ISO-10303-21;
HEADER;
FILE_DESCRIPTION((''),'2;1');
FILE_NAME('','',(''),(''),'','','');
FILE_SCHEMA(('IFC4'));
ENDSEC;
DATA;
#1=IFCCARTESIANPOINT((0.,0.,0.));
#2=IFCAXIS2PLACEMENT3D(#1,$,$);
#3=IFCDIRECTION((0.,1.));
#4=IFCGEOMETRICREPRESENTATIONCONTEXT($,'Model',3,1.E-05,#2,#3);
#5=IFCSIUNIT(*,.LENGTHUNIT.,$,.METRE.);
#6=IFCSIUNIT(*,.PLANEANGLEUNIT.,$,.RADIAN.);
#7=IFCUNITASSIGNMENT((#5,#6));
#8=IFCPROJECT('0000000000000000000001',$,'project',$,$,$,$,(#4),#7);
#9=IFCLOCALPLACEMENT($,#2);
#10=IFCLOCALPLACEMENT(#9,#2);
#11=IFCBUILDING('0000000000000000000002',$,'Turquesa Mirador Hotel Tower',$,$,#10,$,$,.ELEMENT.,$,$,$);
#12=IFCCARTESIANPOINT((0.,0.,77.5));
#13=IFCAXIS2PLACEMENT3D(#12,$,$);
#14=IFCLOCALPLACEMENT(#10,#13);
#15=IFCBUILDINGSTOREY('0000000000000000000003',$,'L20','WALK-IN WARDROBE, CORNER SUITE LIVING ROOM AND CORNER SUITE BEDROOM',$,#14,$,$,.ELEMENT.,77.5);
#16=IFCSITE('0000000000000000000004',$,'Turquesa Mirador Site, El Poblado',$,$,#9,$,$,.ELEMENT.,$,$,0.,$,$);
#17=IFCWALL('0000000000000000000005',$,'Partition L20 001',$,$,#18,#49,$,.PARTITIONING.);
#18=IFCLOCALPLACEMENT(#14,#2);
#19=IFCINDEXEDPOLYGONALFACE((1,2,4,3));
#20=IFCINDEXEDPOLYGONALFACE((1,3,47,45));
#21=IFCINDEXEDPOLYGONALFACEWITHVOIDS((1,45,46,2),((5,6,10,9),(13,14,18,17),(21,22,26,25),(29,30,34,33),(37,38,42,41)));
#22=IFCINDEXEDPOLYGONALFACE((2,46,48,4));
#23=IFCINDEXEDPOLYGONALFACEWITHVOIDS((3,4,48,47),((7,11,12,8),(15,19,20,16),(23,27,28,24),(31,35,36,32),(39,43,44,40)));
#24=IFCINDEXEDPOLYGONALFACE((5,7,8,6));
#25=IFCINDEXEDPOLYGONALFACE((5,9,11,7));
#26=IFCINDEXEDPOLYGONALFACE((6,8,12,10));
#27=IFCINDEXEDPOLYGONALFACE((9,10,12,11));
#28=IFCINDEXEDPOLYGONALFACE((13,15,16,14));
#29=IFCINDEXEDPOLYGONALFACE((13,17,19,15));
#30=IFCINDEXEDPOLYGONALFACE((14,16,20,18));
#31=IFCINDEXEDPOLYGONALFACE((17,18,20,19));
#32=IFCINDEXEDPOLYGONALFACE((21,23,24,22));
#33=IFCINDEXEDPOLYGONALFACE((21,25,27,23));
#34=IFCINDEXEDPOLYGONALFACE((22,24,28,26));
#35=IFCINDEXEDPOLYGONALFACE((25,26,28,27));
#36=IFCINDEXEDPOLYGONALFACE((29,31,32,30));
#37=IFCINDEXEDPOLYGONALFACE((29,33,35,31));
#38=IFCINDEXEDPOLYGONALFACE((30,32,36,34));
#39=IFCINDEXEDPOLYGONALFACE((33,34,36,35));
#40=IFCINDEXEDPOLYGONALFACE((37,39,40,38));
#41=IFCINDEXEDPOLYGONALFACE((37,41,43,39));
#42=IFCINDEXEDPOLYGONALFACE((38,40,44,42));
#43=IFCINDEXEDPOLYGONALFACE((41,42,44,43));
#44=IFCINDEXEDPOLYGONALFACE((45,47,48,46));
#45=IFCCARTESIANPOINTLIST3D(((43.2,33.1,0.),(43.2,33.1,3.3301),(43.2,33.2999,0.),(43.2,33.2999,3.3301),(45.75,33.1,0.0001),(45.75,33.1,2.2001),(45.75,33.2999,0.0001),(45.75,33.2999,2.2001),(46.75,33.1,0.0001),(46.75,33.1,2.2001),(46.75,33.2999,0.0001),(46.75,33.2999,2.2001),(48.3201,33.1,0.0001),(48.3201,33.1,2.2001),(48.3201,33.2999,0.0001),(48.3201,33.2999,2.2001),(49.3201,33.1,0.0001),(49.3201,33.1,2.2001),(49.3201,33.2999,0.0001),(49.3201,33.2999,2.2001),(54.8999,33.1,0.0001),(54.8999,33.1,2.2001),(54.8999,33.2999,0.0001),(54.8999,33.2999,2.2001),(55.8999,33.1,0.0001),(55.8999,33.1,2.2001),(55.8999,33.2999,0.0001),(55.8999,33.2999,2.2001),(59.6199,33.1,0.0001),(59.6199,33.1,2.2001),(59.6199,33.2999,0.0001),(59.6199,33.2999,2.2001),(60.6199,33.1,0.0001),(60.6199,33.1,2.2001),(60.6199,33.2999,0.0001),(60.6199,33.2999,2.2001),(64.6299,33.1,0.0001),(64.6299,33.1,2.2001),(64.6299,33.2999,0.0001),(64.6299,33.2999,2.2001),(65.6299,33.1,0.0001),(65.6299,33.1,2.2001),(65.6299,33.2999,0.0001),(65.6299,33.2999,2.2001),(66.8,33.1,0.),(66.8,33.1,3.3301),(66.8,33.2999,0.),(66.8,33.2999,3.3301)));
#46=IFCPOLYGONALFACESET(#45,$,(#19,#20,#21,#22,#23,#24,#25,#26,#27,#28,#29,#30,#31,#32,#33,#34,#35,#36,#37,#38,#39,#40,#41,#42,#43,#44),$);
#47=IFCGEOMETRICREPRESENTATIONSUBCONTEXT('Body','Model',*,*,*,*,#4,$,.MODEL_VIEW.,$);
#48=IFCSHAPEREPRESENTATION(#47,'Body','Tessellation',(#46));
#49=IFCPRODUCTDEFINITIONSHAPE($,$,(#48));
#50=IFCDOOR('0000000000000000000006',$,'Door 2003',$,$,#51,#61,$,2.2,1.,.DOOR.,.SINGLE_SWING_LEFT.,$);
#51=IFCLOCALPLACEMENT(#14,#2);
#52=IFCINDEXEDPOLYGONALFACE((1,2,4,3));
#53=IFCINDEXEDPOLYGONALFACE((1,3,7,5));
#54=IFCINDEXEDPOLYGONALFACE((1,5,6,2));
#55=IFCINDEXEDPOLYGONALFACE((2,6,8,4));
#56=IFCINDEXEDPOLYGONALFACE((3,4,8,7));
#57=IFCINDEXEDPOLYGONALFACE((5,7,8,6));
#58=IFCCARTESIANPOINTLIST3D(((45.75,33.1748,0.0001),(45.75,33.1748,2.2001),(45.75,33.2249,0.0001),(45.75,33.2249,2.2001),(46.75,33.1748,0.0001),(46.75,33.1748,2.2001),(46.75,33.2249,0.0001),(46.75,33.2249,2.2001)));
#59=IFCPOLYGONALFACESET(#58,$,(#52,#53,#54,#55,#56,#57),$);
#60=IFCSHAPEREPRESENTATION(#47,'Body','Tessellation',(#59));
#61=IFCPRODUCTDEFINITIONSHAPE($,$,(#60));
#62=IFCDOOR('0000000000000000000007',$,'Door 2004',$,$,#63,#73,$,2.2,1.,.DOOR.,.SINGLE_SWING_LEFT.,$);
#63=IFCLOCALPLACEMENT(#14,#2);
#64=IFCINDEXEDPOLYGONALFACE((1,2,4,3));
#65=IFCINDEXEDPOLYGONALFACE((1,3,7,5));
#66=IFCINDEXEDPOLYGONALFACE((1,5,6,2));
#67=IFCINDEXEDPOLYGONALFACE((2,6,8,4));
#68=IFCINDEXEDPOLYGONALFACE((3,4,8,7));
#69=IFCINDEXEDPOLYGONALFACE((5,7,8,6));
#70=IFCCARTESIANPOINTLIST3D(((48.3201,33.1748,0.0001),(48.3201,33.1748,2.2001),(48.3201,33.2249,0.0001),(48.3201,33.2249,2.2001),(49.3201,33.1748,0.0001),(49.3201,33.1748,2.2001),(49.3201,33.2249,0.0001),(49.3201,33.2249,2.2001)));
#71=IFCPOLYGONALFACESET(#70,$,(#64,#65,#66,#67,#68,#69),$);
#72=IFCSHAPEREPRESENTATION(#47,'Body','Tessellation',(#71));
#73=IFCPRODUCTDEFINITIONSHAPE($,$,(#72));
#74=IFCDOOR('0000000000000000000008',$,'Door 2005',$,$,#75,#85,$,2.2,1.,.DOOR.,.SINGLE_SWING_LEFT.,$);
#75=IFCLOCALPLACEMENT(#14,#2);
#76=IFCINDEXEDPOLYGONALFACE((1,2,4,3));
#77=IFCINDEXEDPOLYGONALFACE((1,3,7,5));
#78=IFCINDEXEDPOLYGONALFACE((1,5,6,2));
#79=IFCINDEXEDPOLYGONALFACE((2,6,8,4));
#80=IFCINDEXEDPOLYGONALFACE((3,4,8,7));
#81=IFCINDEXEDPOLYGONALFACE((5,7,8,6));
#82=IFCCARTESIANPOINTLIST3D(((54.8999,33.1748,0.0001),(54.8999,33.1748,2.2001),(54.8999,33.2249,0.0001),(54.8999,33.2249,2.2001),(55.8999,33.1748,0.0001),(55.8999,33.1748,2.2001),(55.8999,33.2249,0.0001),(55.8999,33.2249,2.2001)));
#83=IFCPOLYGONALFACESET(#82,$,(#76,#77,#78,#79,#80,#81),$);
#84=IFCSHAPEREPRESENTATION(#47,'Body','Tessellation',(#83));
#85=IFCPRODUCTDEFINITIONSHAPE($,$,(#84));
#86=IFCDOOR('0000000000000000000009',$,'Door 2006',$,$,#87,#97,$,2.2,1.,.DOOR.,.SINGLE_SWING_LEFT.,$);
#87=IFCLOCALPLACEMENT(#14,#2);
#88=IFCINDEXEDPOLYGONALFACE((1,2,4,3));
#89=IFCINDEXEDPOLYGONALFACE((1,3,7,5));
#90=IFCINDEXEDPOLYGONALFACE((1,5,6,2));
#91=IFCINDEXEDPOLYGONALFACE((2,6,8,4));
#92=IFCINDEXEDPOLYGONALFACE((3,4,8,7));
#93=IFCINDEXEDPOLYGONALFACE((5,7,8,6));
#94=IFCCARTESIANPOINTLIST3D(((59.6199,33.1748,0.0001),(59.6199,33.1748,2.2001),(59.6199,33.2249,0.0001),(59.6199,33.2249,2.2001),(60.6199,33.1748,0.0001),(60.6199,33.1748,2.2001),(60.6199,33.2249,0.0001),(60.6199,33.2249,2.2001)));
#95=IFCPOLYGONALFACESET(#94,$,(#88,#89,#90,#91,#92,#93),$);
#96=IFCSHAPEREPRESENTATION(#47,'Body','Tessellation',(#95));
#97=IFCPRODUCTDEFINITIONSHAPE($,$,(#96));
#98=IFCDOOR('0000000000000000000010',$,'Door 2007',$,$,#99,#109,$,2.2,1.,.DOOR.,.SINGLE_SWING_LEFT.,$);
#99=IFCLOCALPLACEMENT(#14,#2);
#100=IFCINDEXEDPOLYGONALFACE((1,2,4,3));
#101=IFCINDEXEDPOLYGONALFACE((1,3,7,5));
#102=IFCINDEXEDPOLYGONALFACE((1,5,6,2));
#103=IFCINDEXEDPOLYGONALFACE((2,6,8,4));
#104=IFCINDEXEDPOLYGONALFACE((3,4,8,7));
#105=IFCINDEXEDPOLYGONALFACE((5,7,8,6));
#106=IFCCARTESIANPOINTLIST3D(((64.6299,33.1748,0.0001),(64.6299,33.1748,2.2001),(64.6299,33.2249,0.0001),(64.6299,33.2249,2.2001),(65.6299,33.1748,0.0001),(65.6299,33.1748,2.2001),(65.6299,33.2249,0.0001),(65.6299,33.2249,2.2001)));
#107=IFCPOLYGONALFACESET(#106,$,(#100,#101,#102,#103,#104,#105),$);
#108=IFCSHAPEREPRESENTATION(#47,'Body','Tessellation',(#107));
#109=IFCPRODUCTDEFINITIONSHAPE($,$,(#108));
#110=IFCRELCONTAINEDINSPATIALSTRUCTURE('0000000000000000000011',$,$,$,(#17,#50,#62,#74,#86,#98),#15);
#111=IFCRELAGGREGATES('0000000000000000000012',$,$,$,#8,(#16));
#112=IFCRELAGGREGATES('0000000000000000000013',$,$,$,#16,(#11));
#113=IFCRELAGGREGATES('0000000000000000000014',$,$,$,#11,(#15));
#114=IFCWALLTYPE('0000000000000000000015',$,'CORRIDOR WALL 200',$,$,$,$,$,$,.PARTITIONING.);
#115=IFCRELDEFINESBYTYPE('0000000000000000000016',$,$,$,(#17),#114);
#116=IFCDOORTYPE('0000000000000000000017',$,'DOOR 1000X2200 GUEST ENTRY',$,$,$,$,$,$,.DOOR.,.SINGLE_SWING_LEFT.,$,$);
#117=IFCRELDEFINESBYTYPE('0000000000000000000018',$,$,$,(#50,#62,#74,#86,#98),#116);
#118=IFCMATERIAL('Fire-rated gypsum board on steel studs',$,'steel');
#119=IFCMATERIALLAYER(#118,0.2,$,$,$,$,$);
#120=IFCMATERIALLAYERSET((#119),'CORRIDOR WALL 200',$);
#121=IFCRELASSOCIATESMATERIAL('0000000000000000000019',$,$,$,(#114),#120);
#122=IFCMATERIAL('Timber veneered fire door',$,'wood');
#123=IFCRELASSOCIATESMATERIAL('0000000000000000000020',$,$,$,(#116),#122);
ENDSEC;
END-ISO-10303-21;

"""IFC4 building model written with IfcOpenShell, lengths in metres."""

from ifc_helpers import new_model, si_unit, direction, frame, frame_2d, origin, place, context, subcontext, project, spatial, rectangle, extrude, material, layer, layer_set, type_object, element, fill, save


model = new_model("IFC4")

# Units and contexts
model_context = context("Model", 3, precision=1e-05, world=origin(), true_north=direction((0.0, 1.0)))
body_context = subcontext(model_context, "Body", "Model", "MODEL_VIEW")
ifc_project = project(units=[si_unit("LENGTHUNIT", "METRE"), si_unit("PLANEANGLEUNIT", "RADIAN")], contexts=[model_context])

# Site, building, storey
site_placement = place(None, origin())
site = spatial("IfcSite", under=ifc_project, at=site_placement, Name="Turquesa Mirador Site, El Poblado", CompositionType="ELEMENT", RefElevation=0.0)
building_placement = place(site_placement, origin())
building = spatial("IfcBuilding", under=site, at=building_placement, Name="Turquesa Mirador Hotel Tower", CompositionType="ELEMENT")
storey_placement = place(building_placement, frame((0.0, 0.0, 77.5)))
storey = spatial("IfcBuildingStorey", under=building, at=storey_placement, Name="L20", Description="WALK-IN WARDROBE, CORNER SUITE LIVING ROOM AND CORNER SUITE BEDROOM", CompositionType="ELEMENT", Elevation=77.5)

# Wall, openings, doors
ifc_material_1 = material(Name="Fire-rated gypsum board on steel studs", Category="steel")
ifc_layer_1 = layer(ifc_material_1, 0.2)
ifc_layer_set_1 = layer_set([ifc_layer_1], Name="CORRIDOR WALL 200")
wall_type_1 = type_object("IfcWallType", Name="CORRIDOR WALL 200", PredefinedType="PARTITIONING", material=ifc_layer_set_1)
wall_1_placement = place(storey_placement, frame((43.2, 33.2, 0.0), z_axis=(0.0, 0.0, 1.0), x_axis=(1.0, 0.0, 0.0)))
wall_1 = element("IfcWall", 1, at=wall_1_placement, inside=storey, type_object=wall_type_1, Name="Partition L20 001", PredefinedType="PARTITIONING", context=body_context, shape_type="SweptSolid", body=[
    extrude(rectangle(XDim=23.6001, YDim=0.2, at=frame_2d((11.8, 0.0))), origin(), (0.0, 0.0, 1.0), 3.3301),
])
opening_1_placement = place(wall_1_placement, frame((2.55, 0.0, 0.0)))
opening_1 = element("IfcOpeningElement", 2, at=opening_1_placement, cuts=wall_1, PredefinedType="OPENING", context=body_context, shape_type="SweptSolid", body=[
    extrude(rectangle(XDim=1.0, YDim=2.2, at=frame_2d((0.5, 1.1001))), frame((0.0, 0.1099, 0.0), z_axis=(0.0, -1.0, 0.0), x_axis=(1.0, 0.0, 0.0)), (0.0, 0.0, 1.0), 0.22),
])
opening_2_placement = place(wall_1_placement, frame((5.1201, 0.0, 0.0)))
opening_2 = element("IfcOpeningElement", 3, at=opening_2_placement, cuts=wall_1, PredefinedType="OPENING", context=body_context, shape_type="SweptSolid", body=[
    extrude(rectangle(XDim=1.0, YDim=2.2, at=frame_2d((0.5, 1.1001))), frame((0.0, 0.1099, 0.0), z_axis=(0.0, -1.0, 0.0), x_axis=(1.0, 0.0, 0.0)), (0.0, 0.0, 1.0), 0.22),
])
opening_3_placement = place(wall_1_placement, frame((11.7, 0.0, 0.0)))
opening_3 = element("IfcOpeningElement", 4, at=opening_3_placement, cuts=wall_1, PredefinedType="OPENING", context=body_context, shape_type="SweptSolid", body=[
    extrude(rectangle(XDim=1.0, YDim=2.2, at=frame_2d((0.5, 1.1001))), frame((0.0, 0.1099, 0.0), z_axis=(0.0, -1.0, 0.0), x_axis=(1.0, 0.0, 0.0)), (0.0, 0.0, 1.0), 0.22),
])
opening_4_placement = place(wall_1_placement, frame((16.4199, 0.0, 0.0)))
opening_4 = element("IfcOpeningElement", 5, at=opening_4_placement, cuts=wall_1, PredefinedType="OPENING", context=body_context, shape_type="SweptSolid", body=[
    extrude(rectangle(XDim=1.0, YDim=2.2, at=frame_2d((0.5, 1.1001))), frame((0.0, 0.1099, 0.0), z_axis=(0.0, -1.0, 0.0), x_axis=(1.0, 0.0, 0.0)), (0.0, 0.0, 1.0), 0.22),
])
opening_5_placement = place(wall_1_placement, frame((21.4299, 0.0, 0.0)))
opening_5 = element("IfcOpeningElement", 6, at=opening_5_placement, cuts=wall_1, PredefinedType="OPENING", context=body_context, shape_type="SweptSolid", body=[
    extrude(rectangle(XDim=1.0, YDim=2.2, at=frame_2d((0.5, 1.1001))), frame((0.0, 0.1099, 0.0), z_axis=(0.0, -1.0, 0.0), x_axis=(1.0, 0.0, 0.0)), (0.0, 0.0, 1.0), 0.22),
])
ifc_material_2 = material(Name="Timber veneered fire door", Category="wood")
door_type_1 = type_object("IfcDoorType", Name="DOOR 1000X2200 GUEST ENTRY", OperationType="SINGLE_SWING_LEFT", PredefinedType="DOOR", material=ifc_material_2)
door_1_placement = place(opening_1_placement, origin())
door_1 = element("IfcDoor", 7, at=door_1_placement, inside=storey, type_object=door_type_1, Name="Door 2003", OperationType="SINGLE_SWING_LEFT", OverallHeight=2.2, OverallWidth=1.0, PredefinedType="DOOR", context=body_context, shape_type="SweptSolid", body=[
    extrude(rectangle(XDim=1.0, YDim=2.2, at=frame_2d((0.5, 1.1001))), frame((0.0, 0.0249, 0.0), z_axis=(0.0, -1.0, 0.0), x_axis=(1.0, 0.0, 0.0)), (0.0, 0.0, 1.0), 0.05),
])
fill(opening_1, door_1)
door_2_placement = place(opening_2_placement, origin())
door_2 = element("IfcDoor", 8, at=door_2_placement, inside=storey, type_object=door_type_1, Name="Door 2004", OperationType="SINGLE_SWING_LEFT", OverallHeight=2.2, OverallWidth=1.0, PredefinedType="DOOR", context=body_context, shape_type="SweptSolid", body=[
    extrude(rectangle(XDim=1.0, YDim=2.2, at=frame_2d((0.5, 1.1001))), frame((0.0, 0.0249, 0.0), z_axis=(0.0, -1.0, 0.0), x_axis=(1.0, 0.0, 0.0)), (0.0, 0.0, 1.0), 0.05),
])
fill(opening_2, door_2)
door_3_placement = place(opening_3_placement, origin())
door_3 = element("IfcDoor", 9, at=door_3_placement, inside=storey, type_object=door_type_1, Name="Door 2005", OperationType="SINGLE_SWING_LEFT", OverallHeight=2.2, OverallWidth=1.0, PredefinedType="DOOR", context=body_context, shape_type="SweptSolid", body=[
    extrude(rectangle(XDim=1.0, YDim=2.2, at=frame_2d((0.5, 1.1001))), frame((0.0, 0.0249, 0.0), z_axis=(0.0, -1.0, 0.0), x_axis=(1.0, 0.0, 0.0)), (0.0, 0.0, 1.0), 0.05),
])
fill(opening_3, door_3)
door_4_placement = place(opening_4_placement, origin())
door_4 = element("IfcDoor", 10, at=door_4_placement, inside=storey, type_object=door_type_1, Name="Door 2006", OperationType="SINGLE_SWING_LEFT", OverallHeight=2.2, OverallWidth=1.0, PredefinedType="DOOR", context=body_context, shape_type="SweptSolid", body=[
    extrude(rectangle(XDim=1.0, YDim=2.2, at=frame_2d((0.5, 1.1001))), frame((0.0, 0.0249, 0.0), z_axis=(0.0, -1.0, 0.0), x_axis=(1.0, 0.0, 0.0)), (0.0, 0.0, 1.0), 0.05),
])
fill(opening_4, door_4)
door_5_placement = place(opening_5_placement, origin())
door_5 = element("IfcDoor", 11, at=door_5_placement, inside=storey, type_object=door_type_1, Name="Door 2007", OperationType="SINGLE_SWING_LEFT", OverallHeight=2.2, OverallWidth=1.0, PredefinedType="DOOR", context=body_context, shape_type="SweptSolid", body=[
    extrude(rectangle(XDim=1.0, YDim=2.2, at=frame_2d((0.5, 1.1001))), frame((0.0, 0.0249, 0.0), z_axis=(0.0, -1.0, 0.0), x_axis=(1.0, 0.0, 0.0)), (0.0, 0.0, 1.0), 0.05),
])
fill(opening_5, door_5)

save(model, "model.ifc")
